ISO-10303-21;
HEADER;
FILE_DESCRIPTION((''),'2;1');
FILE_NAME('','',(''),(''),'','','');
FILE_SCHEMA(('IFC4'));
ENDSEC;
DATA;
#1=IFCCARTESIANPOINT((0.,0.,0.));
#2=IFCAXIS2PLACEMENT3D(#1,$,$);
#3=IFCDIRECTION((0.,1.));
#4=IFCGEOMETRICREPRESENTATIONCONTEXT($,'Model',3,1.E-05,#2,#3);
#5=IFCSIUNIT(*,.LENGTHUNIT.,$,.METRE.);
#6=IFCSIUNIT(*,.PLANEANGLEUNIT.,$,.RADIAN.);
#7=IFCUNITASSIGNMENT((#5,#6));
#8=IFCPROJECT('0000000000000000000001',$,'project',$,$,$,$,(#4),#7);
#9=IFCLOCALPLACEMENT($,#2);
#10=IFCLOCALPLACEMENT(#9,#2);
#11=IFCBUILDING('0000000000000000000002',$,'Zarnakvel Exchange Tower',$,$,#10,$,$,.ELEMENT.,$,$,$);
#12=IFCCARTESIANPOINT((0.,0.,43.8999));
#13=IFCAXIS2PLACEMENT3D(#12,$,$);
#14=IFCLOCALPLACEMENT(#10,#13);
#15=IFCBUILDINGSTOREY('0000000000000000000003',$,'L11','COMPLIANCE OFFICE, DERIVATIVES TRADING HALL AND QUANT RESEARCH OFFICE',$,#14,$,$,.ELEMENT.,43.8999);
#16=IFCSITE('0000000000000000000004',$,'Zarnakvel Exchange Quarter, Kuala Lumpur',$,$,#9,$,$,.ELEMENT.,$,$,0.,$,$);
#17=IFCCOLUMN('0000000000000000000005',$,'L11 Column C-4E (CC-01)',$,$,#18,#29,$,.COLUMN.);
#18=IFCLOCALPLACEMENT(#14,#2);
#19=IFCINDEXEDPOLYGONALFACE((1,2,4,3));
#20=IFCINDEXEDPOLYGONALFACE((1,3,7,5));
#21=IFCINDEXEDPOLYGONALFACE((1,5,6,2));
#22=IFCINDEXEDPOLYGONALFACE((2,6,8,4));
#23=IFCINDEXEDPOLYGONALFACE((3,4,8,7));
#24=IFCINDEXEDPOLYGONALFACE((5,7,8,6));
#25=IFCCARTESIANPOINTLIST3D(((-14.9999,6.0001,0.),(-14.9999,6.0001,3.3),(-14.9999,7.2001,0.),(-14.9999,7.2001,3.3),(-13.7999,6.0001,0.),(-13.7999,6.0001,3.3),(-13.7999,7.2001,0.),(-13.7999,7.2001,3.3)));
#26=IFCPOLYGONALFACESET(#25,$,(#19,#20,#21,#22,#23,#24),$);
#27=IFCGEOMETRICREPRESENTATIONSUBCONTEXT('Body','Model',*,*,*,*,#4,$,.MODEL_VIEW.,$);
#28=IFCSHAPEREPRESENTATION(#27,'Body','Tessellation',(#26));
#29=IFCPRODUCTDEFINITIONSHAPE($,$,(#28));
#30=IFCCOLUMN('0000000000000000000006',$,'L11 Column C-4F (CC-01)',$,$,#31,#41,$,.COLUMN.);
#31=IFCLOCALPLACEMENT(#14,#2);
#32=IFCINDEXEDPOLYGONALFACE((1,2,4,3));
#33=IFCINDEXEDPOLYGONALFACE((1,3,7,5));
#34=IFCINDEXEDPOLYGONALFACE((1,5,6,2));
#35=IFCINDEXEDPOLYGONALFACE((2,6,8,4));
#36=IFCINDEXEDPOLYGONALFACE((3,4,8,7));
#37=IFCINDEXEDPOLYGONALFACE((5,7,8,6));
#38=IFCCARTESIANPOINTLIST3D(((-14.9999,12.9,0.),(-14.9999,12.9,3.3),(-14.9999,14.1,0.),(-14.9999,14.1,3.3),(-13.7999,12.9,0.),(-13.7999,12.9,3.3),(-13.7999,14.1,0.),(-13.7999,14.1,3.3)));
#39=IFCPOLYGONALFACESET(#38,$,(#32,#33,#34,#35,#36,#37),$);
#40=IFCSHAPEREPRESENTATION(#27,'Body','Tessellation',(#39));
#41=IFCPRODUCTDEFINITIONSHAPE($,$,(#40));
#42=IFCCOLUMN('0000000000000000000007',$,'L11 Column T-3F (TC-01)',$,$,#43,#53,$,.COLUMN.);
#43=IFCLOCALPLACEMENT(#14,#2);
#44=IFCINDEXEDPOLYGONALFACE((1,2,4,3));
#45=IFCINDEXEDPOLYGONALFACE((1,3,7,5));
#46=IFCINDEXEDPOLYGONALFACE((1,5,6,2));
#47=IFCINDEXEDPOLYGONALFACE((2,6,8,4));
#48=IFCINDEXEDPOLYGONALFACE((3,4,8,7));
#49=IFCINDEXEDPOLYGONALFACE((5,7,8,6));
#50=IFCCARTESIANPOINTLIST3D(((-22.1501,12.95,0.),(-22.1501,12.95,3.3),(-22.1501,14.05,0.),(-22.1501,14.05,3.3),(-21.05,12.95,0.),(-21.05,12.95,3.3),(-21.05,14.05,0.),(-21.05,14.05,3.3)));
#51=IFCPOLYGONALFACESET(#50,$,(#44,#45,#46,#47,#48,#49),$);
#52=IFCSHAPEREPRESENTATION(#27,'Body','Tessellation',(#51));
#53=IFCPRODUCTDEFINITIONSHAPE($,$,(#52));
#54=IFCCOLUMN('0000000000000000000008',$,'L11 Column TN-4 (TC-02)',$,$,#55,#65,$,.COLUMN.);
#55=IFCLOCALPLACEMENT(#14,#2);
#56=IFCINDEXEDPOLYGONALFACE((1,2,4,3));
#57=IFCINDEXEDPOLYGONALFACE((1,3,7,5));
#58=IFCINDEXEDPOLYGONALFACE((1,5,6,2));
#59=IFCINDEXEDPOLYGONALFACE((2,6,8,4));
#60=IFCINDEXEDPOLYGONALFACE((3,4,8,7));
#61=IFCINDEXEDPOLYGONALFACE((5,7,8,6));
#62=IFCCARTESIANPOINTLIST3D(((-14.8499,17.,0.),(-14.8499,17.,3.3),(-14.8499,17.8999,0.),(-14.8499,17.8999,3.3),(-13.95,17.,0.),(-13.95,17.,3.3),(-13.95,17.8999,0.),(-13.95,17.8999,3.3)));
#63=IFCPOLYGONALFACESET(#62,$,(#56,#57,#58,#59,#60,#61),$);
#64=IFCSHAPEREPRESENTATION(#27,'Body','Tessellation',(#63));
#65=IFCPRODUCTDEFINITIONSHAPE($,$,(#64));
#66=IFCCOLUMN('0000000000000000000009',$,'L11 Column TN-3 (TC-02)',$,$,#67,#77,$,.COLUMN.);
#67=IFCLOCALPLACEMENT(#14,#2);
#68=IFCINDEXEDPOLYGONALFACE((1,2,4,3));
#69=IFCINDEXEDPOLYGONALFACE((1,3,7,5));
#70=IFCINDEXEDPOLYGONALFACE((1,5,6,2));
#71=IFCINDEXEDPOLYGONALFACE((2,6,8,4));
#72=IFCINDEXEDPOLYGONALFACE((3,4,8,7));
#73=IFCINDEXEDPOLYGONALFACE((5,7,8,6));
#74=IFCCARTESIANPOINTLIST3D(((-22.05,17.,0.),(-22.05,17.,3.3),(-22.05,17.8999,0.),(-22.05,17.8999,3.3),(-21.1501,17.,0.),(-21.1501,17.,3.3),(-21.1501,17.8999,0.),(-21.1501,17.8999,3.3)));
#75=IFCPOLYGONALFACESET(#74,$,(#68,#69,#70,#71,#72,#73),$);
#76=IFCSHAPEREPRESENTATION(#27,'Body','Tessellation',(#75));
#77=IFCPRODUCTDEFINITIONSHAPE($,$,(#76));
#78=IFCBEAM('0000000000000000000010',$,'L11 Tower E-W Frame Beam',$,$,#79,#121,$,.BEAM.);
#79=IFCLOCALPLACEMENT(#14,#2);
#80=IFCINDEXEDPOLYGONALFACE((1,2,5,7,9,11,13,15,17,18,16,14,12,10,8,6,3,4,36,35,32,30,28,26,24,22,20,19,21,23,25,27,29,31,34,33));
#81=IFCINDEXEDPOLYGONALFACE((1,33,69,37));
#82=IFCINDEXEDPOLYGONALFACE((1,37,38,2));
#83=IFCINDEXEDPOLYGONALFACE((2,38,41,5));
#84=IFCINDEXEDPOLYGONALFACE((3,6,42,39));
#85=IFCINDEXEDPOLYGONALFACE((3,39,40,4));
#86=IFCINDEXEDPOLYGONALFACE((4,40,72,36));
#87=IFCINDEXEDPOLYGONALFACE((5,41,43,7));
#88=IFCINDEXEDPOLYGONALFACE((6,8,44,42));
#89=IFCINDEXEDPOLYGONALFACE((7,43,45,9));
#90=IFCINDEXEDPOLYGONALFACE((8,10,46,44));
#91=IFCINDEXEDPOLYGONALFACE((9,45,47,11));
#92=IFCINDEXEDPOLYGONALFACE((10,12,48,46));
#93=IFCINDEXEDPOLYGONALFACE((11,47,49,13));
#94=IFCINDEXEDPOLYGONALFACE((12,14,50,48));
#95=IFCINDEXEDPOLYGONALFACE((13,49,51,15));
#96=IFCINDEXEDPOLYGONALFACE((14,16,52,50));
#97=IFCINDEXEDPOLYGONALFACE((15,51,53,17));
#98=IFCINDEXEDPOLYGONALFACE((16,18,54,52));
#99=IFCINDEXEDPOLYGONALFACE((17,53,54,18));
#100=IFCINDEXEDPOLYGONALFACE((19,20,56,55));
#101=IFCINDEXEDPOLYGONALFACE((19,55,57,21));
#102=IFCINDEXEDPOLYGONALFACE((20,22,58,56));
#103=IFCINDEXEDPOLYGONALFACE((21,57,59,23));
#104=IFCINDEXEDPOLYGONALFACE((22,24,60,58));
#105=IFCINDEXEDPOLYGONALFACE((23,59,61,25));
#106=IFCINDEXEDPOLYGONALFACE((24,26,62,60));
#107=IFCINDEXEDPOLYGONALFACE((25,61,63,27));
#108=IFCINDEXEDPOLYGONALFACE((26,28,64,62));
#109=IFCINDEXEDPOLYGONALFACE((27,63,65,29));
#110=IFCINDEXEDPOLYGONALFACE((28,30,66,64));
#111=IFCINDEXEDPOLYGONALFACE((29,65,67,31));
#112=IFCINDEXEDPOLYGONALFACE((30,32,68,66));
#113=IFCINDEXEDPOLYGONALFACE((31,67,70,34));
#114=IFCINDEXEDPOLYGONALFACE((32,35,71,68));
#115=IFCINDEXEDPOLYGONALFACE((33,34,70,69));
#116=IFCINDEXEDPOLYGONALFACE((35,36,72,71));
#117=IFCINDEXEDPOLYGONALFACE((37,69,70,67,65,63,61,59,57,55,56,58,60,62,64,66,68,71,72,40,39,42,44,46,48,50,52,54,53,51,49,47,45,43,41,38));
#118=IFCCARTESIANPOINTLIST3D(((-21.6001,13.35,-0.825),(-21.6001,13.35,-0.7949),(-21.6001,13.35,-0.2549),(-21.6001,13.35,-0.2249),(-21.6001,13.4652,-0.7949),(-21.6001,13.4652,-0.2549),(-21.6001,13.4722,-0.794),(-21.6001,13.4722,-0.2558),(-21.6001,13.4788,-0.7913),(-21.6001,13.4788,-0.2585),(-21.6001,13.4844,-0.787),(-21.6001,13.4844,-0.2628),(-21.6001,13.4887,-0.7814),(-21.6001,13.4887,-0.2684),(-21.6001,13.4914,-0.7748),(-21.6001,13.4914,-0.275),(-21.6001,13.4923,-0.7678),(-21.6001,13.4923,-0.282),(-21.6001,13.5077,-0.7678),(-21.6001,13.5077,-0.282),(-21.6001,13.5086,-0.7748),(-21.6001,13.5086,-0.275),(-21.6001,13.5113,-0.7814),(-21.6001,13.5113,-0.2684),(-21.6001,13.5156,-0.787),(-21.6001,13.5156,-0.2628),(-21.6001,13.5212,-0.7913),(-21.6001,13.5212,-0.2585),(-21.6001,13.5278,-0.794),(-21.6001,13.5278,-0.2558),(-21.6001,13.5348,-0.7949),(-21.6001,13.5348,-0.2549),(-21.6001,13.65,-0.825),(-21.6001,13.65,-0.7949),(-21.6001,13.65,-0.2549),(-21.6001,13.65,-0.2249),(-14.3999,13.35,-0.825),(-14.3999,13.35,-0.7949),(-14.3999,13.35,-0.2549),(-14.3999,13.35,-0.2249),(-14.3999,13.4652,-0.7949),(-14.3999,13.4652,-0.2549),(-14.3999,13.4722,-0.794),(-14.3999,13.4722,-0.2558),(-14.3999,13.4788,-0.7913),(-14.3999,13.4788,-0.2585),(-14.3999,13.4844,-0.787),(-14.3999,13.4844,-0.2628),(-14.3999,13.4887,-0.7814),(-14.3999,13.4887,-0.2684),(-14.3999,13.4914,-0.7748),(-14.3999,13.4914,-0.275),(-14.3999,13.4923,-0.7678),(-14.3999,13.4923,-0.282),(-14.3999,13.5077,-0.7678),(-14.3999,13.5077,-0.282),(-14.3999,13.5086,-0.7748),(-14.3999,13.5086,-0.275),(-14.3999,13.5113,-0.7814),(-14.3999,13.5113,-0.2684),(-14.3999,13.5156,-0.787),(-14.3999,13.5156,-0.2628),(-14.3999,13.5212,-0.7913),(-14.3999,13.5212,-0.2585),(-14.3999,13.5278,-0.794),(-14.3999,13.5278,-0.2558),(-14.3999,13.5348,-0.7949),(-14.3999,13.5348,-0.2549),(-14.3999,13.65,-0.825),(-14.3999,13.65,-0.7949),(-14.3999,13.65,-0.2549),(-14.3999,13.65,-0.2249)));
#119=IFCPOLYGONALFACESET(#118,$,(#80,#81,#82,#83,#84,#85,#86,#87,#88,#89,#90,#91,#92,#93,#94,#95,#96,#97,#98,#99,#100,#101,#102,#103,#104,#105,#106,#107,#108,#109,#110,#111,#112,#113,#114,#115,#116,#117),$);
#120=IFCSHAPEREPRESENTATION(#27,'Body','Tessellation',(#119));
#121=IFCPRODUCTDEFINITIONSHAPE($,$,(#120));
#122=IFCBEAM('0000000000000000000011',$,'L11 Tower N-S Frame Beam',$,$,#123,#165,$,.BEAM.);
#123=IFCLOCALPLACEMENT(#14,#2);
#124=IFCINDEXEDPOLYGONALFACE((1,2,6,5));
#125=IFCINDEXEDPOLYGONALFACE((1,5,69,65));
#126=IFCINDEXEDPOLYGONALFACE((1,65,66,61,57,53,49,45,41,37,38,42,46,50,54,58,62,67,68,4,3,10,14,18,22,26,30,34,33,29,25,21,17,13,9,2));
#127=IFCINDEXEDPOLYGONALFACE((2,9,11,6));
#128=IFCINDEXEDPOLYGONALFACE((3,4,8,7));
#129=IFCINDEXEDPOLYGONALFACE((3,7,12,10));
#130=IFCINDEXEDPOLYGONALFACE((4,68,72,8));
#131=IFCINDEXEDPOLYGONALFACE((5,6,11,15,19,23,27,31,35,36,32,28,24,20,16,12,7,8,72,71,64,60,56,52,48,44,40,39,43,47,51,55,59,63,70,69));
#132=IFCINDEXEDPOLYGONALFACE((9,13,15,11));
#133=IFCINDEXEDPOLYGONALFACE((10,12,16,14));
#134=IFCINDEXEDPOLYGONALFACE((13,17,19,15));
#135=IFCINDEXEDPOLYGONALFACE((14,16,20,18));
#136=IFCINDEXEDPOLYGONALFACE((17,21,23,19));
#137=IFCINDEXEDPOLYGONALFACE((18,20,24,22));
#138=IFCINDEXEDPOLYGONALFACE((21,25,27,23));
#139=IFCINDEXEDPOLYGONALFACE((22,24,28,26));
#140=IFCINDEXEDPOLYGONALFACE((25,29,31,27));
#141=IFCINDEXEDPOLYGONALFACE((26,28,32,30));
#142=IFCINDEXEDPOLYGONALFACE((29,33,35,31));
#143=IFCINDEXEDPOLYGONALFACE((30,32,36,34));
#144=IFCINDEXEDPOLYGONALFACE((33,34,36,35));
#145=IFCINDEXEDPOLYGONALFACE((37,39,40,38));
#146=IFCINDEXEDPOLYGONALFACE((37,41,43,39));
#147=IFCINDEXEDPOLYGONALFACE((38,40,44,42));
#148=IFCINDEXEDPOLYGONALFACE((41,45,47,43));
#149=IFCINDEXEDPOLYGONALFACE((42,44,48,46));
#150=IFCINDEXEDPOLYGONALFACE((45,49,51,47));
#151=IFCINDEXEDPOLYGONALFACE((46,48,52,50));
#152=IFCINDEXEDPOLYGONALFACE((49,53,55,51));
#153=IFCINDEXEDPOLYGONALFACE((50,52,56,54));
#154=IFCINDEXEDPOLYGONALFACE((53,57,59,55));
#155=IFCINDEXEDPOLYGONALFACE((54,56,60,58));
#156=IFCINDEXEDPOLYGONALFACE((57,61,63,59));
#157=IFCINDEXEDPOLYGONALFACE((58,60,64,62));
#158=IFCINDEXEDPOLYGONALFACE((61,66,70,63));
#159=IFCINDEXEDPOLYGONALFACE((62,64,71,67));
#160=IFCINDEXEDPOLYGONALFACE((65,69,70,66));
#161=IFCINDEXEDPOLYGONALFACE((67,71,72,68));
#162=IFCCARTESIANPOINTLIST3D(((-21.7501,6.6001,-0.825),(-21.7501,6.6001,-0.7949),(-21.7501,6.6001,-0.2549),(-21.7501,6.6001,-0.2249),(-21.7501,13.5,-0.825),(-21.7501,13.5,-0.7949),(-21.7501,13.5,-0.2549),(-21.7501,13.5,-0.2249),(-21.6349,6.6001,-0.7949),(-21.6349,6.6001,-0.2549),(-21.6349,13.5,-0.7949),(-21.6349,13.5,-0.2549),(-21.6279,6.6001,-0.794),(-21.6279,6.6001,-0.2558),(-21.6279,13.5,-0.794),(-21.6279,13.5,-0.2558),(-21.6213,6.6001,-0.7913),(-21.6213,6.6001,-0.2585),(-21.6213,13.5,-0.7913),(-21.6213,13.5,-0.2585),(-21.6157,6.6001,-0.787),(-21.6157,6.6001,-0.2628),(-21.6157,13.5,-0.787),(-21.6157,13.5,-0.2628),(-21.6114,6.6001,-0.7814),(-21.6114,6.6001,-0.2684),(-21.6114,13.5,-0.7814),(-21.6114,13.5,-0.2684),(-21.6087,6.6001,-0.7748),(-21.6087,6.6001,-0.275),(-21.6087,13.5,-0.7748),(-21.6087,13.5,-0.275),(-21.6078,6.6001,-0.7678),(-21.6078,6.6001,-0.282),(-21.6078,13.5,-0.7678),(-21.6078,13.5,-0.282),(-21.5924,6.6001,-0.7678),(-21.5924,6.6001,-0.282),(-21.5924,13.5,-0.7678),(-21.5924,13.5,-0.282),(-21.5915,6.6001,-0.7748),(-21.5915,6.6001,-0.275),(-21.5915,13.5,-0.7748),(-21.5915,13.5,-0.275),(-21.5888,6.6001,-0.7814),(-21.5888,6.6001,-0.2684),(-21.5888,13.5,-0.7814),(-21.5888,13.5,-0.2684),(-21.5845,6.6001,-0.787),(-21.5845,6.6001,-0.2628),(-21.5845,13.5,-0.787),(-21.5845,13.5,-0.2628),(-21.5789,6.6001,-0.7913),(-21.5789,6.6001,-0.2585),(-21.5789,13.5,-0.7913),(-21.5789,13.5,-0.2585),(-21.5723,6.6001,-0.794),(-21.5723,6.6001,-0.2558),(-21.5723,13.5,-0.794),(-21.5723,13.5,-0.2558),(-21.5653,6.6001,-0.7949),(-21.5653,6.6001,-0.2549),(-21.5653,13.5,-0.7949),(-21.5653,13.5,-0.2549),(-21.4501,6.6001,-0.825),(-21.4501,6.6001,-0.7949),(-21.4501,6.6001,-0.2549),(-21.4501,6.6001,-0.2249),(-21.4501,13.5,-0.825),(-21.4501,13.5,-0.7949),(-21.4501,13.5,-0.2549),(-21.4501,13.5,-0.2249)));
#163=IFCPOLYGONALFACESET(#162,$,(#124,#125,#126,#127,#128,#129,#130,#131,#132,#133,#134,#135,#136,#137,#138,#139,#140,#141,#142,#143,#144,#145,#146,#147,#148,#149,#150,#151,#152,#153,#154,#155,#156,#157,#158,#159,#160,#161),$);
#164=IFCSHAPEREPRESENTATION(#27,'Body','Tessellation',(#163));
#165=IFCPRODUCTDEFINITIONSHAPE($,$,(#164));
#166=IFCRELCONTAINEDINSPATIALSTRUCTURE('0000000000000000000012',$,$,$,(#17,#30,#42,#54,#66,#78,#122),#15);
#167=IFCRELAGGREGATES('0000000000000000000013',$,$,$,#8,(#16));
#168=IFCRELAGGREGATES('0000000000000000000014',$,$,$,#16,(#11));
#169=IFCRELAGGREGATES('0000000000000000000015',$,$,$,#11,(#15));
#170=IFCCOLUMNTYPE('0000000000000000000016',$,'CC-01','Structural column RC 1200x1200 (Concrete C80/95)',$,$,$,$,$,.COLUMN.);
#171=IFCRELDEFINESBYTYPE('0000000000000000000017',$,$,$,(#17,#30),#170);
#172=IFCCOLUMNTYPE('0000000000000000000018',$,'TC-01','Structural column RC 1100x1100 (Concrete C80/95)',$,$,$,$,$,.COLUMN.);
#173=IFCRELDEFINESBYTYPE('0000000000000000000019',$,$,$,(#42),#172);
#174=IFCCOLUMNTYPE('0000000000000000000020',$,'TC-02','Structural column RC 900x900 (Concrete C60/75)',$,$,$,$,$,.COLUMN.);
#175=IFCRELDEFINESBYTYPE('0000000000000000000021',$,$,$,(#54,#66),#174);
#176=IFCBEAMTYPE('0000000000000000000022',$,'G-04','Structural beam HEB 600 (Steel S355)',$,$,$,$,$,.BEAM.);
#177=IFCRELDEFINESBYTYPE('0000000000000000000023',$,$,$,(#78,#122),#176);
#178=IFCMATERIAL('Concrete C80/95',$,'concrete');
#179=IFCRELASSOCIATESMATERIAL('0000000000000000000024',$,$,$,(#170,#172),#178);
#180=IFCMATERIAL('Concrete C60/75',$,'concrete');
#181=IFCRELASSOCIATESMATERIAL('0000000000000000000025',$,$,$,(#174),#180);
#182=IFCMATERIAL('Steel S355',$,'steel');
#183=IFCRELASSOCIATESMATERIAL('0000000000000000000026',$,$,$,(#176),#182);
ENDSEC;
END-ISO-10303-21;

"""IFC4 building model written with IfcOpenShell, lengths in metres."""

from ifc_helpers import new_model, si_unit, direction, frame, origin, origin_2d, place, context, subcontext, project, spatial, rectangle, i_section, extrude, material, material_profile, profile_set, type_object, element, save


model = new_model("IFC4")

# Units and contexts
model_context = context("Model", 3, precision=1e-05, world=origin(), true_north=direction((0.0, 1.0)))
body_context = subcontext(model_context, "Body", "Model", "MODEL_VIEW")
ifc_project = project(units=[si_unit("LENGTHUNIT", "METRE"), si_unit("PLANEANGLEUNIT", "RADIAN")], contexts=[model_context])

# Site, building, storey
site_placement = place(None, origin())
site = spatial("IfcSite", under=ifc_project, at=site_placement, Name="Zarnakvel Exchange Quarter, Kuala Lumpur", CompositionType="ELEMENT", RefElevation=0.0)
building_placement = place(site_placement, origin())
building = spatial("IfcBuilding", under=site, at=building_placement, Name="Zarnakvel Exchange Tower", CompositionType="ELEMENT")
storey_placement = place(building_placement, frame((0.0, 0.0, 43.8999)))
storey = spatial("IfcBuildingStorey", under=building, at=storey_placement, Name="L11", Description="COMPLIANCE OFFICE, DERIVATIVES TRADING HALL AND QUANT RESEARCH OFFICE", CompositionType="ELEMENT", Elevation=43.8999)

# Columns
ifc_material_1 = material(Name="Concrete C80/95", Category="concrete")
ifc_material_profile_1 = material_profile(ifc_material_1, rectangle(XDim=1.2, YDim=1.2, at=origin_2d()))
ifc_profile_set_1 = profile_set([ifc_material_profile_1], Name="Concrete C80/95")
column_type_1 = type_object("IfcColumnType", Name="CC-01", Description="Structural column RC 1200x1200 (Concrete C80/95)", PredefinedType="COLUMN", material=ifc_profile_set_1)
for number, where, z_axis, x_axis, name in (
    (1, (-14.3999, 6.6001, 0.0), (0.0, 0.0, 1.0), (1.0, 0.0, 0.0), "L11 Column C-4E (CC-01)"),
    (2, (-14.3999, 13.5, 0.0), (0.0, 0.0, 1.0), (1.0, 0.0, 0.0), "L11 Column C-4F (CC-01)"),
):
    element("IfcColumn", number, at=place(storey_placement, frame(where, z_axis=z_axis, x_axis=x_axis)), inside=storey, type_object=column_type_1, Name=name, PredefinedType="COLUMN", context=body_context, shape_type="SweptSolid", body=[
        extrude(rectangle(XDim=1.2, YDim=1.2, at=origin_2d()), origin(), (0.0, 0.0, 1.0), 3.3),
    ])
ifc_material_profile_2 = material_profile(ifc_material_1, rectangle(XDim=1.1001, YDim=1.1001, at=origin_2d()))
ifc_profile_set_2 = profile_set([ifc_material_profile_2], Name="Concrete C80/95")
column_type_2 = type_object("IfcColumnType", Name="TC-01", Description="Structural column RC 1100x1100 (Concrete C80/95)", PredefinedType="COLUMN", material=ifc_profile_set_2)
column_placement = place(storey_placement, frame((-21.6001, 13.5, 0.0), z_axis=(0.0, 0.0, 1.0), x_axis=(1.0, 0.0, 0.0)))
element("IfcColumn", 3, at=column_placement, inside=storey, type_object=column_type_2, Name="L11 Column T-3F (TC-01)", PredefinedType="COLUMN", context=body_context, shape_type="SweptSolid", body=[
    extrude(rectangle(XDim=1.1001, YDim=1.1001, at=origin_2d()), origin(), (0.0, 0.0, 1.0), 3.3),
])
ifc_material_2 = material(Name="Concrete C60/75", Category="concrete")
ifc_material_profile_3 = material_profile(ifc_material_2, rectangle(XDim=0.8999, YDim=0.8999, at=origin_2d()))
ifc_profile_set_3 = profile_set([ifc_material_profile_3], Name="Concrete C60/75")
column_type_3 = type_object("IfcColumnType", Name="TC-02", Description="Structural column RC 900x900 (Concrete C60/75)", PredefinedType="COLUMN", material=ifc_profile_set_3)
for number, where, z_axis, x_axis, name in (
    (4, (-14.3999, 17.45, 0.0), (0.0, 0.0, 1.0), (1.0, 0.0, 0.0), "L11 Column TN-4 (TC-02)"),
    (5, (-21.6001, 17.45, 0.0), (0.0, 0.0, 1.0), (1.0, 0.0, 0.0), "L11 Column TN-3 (TC-02)"),
):
    element("IfcColumn", number, at=place(storey_placement, frame(where, z_axis=z_axis, x_axis=x_axis)), inside=storey, type_object=column_type_3, Name=name, PredefinedType="COLUMN", context=body_context, shape_type="SweptSolid", body=[
        extrude(rectangle(XDim=0.8999, YDim=0.8999, at=origin_2d()), origin(), (0.0, 0.0, 1.0), 3.3),
    ])

# Beams
ifc_material_3 = material(Name="Steel S355", Category="steel")
ifc_material_profile_4 = material_profile(ifc_material_3, i_section(OverallWidth=0.3, OverallDepth=0.6001, WebThickness=0.0154, FlangeThickness=0.03, FilletRadius=0.0271, at=origin_2d()))
ifc_profile_set_4 = profile_set([ifc_material_profile_4], Name="Steel S355")
beam_type_1 = type_object("IfcBeamType", Name="G-04", Description="Structural beam HEB 600 (Steel S355)", PredefinedType="BEAM", material=ifc_profile_set_4)
beam_1_placement = place(storey_placement, frame((-21.6001, 13.5, -0.5249), z_axis=(1.0, 0.0, 0.0), x_axis=(0.0, 1.0, 0.0)))
element("IfcBeam", 6, at=beam_1_placement, inside=storey, type_object=beam_type_1, Name="L11 Tower E-W Frame Beam", PredefinedType="BEAM", context=body_context, shape_type="SweptSolid", body=[
    extrude(i_section(OverallWidth=0.3, OverallDepth=0.6001, WebThickness=0.0154, FlangeThickness=0.03, FilletRadius=0.0271, at=origin_2d()), origin(), (0.0, 0.0, 1.0), 7.2002),
])
beam_2_placement = place(storey_placement, frame((-21.6001, 6.6001, -0.5249), z_axis=(0.0, 1.0, 0.0), x_axis=(-1.0, 0.0, 0.0)))
element("IfcBeam", 7, at=beam_2_placement, inside=storey, type_object=beam_type_1, Name="L11 Tower N-S Frame Beam", PredefinedType="BEAM", context=body_context, shape_type="SweptSolid", body=[
    extrude(i_section(OverallWidth=0.3, OverallDepth=0.6001, WebThickness=0.0154, FlangeThickness=0.03, FilletRadius=0.0271, at=origin_2d()), origin(), (0.0, 0.0, 1.0), 6.8999),
])

save(model, "model.ifc")
